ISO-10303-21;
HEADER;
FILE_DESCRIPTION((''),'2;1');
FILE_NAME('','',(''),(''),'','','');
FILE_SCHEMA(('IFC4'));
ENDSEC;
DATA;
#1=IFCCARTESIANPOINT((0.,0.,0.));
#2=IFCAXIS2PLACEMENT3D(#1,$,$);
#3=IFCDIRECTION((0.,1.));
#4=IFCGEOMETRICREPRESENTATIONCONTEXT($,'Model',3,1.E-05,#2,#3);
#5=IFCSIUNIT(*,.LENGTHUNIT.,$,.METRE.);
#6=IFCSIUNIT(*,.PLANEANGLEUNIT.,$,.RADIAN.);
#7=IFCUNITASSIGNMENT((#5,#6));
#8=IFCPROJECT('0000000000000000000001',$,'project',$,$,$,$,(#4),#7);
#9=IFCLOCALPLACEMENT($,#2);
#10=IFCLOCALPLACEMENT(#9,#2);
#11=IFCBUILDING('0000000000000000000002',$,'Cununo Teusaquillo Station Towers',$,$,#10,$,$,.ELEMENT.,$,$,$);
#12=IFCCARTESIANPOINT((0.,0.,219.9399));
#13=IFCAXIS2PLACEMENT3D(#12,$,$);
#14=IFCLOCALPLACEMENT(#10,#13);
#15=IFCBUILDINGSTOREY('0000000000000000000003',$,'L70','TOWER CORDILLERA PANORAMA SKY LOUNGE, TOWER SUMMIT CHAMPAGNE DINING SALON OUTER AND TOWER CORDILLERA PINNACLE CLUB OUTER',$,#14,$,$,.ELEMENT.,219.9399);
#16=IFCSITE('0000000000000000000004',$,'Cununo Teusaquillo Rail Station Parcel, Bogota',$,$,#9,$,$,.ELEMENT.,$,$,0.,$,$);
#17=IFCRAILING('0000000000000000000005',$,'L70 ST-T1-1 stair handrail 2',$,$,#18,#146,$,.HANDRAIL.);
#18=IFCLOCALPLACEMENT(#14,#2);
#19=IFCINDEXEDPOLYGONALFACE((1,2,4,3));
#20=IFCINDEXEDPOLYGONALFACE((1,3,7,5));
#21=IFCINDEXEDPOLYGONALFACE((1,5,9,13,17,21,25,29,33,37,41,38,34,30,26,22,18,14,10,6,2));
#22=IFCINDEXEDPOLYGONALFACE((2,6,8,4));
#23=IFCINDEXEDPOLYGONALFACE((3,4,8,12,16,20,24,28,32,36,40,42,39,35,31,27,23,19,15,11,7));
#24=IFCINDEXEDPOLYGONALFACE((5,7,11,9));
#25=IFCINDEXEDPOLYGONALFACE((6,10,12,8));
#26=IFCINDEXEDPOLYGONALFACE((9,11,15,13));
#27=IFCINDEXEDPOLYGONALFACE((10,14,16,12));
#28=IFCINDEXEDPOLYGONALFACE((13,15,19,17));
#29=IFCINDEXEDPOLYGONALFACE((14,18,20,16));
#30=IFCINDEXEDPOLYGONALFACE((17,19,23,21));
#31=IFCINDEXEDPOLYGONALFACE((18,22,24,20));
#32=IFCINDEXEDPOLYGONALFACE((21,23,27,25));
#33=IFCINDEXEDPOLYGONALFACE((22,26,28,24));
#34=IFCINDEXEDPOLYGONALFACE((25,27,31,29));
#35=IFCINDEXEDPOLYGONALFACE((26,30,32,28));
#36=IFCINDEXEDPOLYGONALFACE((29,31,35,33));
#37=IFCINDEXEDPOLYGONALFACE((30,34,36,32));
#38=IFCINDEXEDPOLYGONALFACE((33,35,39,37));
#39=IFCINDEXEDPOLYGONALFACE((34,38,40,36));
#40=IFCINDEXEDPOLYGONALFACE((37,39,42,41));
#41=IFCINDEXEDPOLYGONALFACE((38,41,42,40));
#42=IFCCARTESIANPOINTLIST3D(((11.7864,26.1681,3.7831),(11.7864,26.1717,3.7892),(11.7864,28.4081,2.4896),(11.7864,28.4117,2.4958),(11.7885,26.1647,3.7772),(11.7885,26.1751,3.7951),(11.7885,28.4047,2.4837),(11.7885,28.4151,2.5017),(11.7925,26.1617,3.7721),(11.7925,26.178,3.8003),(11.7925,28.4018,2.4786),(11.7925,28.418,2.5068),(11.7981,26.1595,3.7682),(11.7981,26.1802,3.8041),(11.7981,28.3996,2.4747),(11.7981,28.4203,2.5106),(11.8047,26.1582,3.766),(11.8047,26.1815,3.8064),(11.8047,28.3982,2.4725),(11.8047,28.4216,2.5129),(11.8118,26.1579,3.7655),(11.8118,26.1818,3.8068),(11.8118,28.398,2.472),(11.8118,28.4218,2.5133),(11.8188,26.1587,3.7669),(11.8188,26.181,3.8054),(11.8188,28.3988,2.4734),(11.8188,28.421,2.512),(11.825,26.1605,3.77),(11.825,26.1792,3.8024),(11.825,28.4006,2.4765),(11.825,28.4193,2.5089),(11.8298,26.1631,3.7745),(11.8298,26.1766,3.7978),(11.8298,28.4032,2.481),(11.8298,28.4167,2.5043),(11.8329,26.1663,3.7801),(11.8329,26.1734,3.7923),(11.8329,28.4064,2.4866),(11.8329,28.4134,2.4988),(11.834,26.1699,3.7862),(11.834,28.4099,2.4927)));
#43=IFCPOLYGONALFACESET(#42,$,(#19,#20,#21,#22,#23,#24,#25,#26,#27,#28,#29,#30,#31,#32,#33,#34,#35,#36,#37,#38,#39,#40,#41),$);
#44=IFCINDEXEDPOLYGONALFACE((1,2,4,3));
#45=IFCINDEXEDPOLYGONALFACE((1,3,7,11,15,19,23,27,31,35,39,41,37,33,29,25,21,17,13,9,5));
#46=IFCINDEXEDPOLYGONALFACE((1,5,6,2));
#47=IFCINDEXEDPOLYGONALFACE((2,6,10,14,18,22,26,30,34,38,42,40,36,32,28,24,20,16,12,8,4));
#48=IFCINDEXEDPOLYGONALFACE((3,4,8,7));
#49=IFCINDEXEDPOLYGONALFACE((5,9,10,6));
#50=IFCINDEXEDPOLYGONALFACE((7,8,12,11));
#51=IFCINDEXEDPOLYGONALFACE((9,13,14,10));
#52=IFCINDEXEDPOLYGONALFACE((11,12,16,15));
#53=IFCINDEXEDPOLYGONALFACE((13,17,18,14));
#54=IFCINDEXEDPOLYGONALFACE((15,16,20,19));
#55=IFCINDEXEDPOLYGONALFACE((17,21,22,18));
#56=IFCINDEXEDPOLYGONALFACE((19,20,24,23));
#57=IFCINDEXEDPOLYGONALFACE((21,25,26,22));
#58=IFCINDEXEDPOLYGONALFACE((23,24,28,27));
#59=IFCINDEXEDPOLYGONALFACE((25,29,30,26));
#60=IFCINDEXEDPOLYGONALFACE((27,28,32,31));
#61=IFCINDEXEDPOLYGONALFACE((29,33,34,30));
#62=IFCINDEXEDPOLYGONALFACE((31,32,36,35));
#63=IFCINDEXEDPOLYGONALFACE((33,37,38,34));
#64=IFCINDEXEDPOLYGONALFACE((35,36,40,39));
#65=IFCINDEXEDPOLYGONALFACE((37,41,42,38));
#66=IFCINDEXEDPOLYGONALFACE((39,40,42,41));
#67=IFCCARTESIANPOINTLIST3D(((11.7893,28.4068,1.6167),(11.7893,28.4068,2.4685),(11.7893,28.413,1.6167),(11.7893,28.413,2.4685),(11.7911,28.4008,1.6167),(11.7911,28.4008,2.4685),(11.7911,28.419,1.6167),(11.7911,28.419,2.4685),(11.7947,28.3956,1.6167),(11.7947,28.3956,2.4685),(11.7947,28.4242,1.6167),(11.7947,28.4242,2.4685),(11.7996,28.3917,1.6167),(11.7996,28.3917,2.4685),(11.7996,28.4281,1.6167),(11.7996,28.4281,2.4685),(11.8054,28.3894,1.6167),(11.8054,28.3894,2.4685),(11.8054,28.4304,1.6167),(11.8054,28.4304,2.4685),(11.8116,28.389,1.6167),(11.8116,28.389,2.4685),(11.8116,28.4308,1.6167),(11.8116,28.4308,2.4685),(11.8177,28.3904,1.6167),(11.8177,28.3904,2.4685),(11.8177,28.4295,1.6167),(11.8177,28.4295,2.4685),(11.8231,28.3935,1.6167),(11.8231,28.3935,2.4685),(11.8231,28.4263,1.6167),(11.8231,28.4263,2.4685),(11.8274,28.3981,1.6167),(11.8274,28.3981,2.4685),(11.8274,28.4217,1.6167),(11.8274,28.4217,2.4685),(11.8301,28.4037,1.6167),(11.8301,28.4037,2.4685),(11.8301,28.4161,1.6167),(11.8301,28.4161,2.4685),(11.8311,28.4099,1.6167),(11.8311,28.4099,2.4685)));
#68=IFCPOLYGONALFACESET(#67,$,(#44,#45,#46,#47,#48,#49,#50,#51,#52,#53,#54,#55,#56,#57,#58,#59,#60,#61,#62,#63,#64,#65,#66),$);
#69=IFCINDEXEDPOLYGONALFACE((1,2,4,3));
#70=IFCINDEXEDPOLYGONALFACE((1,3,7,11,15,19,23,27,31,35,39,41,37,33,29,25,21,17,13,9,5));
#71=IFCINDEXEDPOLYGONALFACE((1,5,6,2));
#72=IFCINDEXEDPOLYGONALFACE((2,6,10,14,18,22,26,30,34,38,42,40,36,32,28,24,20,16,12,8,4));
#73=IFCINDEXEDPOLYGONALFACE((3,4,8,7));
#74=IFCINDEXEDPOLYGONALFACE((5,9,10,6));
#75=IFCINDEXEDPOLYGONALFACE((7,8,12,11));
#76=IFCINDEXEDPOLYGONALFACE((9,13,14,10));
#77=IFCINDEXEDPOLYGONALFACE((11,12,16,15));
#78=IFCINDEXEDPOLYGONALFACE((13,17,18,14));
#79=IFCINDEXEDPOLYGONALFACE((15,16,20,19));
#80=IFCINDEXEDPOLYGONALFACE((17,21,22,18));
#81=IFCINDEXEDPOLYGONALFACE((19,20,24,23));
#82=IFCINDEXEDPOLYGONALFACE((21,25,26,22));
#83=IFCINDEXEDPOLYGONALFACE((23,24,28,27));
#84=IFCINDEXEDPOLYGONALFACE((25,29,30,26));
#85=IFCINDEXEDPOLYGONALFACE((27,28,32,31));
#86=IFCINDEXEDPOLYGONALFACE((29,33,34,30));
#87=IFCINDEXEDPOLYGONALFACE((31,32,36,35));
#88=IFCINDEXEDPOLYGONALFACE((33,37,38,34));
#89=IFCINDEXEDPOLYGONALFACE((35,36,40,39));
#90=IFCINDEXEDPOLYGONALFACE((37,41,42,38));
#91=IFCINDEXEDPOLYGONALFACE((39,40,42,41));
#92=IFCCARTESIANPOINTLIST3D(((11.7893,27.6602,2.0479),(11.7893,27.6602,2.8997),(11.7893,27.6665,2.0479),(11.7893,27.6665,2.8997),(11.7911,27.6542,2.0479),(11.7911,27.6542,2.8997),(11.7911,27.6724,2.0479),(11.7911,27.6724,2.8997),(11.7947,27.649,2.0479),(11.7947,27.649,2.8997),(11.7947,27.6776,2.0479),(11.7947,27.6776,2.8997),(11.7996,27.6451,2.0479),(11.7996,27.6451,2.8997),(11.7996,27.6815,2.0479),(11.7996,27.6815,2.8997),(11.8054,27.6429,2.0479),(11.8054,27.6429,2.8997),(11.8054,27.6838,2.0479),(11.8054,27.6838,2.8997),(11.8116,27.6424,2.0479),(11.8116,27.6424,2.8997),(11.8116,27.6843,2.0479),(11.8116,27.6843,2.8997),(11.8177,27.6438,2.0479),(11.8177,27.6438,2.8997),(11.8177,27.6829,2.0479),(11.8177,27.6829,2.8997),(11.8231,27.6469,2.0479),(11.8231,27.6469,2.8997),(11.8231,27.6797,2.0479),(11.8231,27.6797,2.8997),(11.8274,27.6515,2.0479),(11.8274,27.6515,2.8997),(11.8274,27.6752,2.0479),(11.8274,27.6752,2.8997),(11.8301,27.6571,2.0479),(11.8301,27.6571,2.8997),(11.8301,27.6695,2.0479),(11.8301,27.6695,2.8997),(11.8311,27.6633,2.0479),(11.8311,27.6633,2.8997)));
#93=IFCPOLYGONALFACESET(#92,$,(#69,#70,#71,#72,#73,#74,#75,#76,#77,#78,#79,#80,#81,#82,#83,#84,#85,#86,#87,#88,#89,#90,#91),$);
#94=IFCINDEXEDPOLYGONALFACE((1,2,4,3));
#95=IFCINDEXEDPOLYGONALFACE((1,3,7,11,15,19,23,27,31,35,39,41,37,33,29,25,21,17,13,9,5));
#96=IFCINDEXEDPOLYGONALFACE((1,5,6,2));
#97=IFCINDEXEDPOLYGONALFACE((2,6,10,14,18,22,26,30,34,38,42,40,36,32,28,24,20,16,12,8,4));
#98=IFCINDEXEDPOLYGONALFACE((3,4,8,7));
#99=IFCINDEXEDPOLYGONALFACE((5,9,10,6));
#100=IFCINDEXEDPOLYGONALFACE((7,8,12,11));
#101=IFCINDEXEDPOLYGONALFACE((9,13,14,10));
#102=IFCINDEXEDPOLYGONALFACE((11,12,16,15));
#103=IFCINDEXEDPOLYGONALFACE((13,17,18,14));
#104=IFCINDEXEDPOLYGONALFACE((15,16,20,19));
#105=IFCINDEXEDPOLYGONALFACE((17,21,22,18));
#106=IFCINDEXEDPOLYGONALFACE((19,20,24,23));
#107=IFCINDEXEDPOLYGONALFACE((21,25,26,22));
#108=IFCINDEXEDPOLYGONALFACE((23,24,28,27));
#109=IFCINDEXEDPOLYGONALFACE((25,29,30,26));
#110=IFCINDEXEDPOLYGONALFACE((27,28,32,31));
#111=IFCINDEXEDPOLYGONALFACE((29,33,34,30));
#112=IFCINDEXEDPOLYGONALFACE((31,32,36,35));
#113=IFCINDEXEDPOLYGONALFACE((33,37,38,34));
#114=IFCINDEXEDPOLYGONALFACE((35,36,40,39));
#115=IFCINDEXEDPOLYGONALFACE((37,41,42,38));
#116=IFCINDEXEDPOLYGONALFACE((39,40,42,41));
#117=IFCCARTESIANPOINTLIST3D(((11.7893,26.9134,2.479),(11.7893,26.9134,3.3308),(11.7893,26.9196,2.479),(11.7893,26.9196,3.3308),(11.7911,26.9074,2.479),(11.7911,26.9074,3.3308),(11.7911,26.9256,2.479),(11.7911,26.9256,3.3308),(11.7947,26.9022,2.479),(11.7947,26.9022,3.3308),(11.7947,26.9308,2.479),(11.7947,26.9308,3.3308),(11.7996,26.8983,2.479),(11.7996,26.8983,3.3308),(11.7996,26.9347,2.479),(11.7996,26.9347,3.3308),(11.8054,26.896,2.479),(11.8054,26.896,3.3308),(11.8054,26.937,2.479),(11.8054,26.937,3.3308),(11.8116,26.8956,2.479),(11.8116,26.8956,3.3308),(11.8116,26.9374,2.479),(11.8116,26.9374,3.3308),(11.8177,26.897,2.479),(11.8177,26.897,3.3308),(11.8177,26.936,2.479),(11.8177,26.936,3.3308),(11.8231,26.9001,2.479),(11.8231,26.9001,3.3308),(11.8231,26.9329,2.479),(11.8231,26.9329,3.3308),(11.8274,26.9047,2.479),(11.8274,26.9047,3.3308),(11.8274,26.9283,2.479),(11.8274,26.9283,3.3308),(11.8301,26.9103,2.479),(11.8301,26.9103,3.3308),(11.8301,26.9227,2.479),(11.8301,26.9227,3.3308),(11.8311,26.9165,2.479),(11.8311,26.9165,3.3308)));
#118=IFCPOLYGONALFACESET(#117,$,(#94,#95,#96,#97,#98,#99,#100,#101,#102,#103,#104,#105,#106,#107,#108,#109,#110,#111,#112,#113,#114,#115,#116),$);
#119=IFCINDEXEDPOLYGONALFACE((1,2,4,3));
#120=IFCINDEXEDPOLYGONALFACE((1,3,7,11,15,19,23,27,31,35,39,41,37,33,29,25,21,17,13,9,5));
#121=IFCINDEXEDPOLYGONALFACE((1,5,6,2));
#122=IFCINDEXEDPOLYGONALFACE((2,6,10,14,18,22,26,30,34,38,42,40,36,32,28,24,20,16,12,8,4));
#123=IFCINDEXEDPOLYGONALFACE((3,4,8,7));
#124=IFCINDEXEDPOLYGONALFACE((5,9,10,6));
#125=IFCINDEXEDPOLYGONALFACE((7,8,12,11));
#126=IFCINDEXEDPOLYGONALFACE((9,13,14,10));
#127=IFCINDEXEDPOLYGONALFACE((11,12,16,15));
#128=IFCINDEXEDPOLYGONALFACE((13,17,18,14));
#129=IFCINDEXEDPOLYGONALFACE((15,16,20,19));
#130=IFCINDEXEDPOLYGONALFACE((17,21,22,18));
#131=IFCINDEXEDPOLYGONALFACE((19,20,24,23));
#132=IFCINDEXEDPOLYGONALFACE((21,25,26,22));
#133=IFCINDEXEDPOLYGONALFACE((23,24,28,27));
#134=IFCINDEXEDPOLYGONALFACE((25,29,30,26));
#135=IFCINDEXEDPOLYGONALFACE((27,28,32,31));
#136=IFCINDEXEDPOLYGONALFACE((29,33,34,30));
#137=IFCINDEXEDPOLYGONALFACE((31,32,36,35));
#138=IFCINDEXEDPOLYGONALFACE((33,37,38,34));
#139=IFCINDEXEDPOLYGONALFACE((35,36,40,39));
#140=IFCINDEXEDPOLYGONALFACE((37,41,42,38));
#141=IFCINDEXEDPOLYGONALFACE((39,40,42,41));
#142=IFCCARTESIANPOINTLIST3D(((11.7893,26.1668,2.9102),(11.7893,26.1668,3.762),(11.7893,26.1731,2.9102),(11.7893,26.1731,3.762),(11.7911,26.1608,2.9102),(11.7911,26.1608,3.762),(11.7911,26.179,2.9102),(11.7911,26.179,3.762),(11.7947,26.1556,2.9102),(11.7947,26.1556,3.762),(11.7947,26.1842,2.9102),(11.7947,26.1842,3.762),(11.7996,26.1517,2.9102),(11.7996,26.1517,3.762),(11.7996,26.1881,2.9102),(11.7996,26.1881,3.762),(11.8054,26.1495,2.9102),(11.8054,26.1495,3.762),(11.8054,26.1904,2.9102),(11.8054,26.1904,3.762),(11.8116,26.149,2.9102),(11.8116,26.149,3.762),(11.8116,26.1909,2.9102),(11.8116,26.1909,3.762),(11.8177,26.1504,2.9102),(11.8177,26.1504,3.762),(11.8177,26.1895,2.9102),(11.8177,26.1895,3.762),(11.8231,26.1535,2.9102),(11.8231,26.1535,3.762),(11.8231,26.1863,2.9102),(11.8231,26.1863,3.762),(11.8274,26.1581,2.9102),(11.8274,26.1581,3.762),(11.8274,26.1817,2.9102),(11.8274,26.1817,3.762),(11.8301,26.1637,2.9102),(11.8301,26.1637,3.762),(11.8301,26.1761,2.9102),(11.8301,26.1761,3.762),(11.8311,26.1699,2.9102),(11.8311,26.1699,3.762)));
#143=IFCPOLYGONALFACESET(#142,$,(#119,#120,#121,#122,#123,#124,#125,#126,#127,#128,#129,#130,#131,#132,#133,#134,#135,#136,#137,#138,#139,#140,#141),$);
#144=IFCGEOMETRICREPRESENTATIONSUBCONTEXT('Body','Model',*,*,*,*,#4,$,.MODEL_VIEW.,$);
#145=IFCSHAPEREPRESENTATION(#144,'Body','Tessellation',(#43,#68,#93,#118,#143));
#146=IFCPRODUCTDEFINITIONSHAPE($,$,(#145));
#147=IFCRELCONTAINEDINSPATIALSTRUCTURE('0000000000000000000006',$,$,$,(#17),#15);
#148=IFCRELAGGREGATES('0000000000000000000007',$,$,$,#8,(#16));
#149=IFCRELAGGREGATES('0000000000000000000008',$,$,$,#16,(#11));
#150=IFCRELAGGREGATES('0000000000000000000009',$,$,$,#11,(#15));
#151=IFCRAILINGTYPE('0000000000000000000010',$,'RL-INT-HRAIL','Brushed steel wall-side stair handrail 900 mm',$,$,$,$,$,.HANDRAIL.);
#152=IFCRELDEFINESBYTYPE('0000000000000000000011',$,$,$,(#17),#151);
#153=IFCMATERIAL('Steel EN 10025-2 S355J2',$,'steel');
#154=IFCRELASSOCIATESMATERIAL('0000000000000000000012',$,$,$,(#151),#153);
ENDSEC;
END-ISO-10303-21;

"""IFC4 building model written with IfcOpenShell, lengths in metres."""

from ifc_helpers import new_model, si_unit, direction, frame, origin, origin_2d, place, context, subcontext, project, spatial, circle, extrude, material, type_object, element, save


model = new_model("IFC4")

# Units and contexts
model_context = context("Model", 3, precision=1e-05, world=origin(), true_north=direction((0.0, 1.0)))
body_context = subcontext(model_context, "Body", "Model", "MODEL_VIEW")
ifc_project = project(units=[si_unit("LENGTHUNIT", "METRE"), si_unit("PLANEANGLEUNIT", "RADIAN")], contexts=[model_context])

# Site, building, storey
site_placement = place(None, origin())
site = spatial("IfcSite", under=ifc_project, at=site_placement, Name="Cununo Teusaquillo Rail Station Parcel, Bogota", CompositionType="ELEMENT", RefElevation=0.0)
building_placement = place(site_placement, origin())
building = spatial("IfcBuilding", under=site, at=building_placement, Name="Cununo Teusaquillo Station Towers", CompositionType="ELEMENT")
storey_placement = place(building_placement, frame((0.0, 0.0, 219.9399)))
storey = spatial("IfcBuildingStorey", under=building, at=storey_placement, Name="L70", Description="TOWER CORDILLERA PANORAMA SKY LOUNGE, TOWER SUMMIT CHAMPAGNE DINING SALON OUTER AND TOWER CORDILLERA PINNACLE CLUB OUTER", CompositionType="ELEMENT", Elevation=219.9399)

# Railing
ifc_material_1 = material(Name="Steel EN 10025-2 S355J2", Category="steel")
railing_type_1 = type_object("IfcRailingType", Name="RL-INT-HRAIL", Description="Brushed steel wall-side stair handrail 900 mm", PredefinedType="HANDRAIL", material=ifc_material_1)
railing_1_placement = place(storey_placement, frame((11.8101, 28.4099, 1.6167)))
element("IfcRailing", 1, at=railing_1_placement, inside=storey, type_object=railing_type_1, Name="L70 ST-T1-1 stair handrail 2", PredefinedType="HANDRAIL", context=body_context, shape_type="SweptSolid", body=[
    extrude(circle(Radius=0.0239, at=origin_2d()), frame((0.0, 0.0, 0.876), z_axis=(0.0, -0.865992, 0.500057), x_axis=(1.0, 0.0, 0.0)), (0.0, 0.0, 1.0), 2.5867),
    extrude(circle(Radius=0.021, at=origin_2d()), origin(), (0.0, 0.0, 1.0), 0.8518),
    extrude(circle(Radius=0.021, at=origin_2d()), frame((0.0, -0.7466, 0.4312)), (0.0, 0.0, 1.0), 0.8518),
    extrude(circle(Radius=0.021, at=origin_2d()), frame((0.0, -1.4934, 0.8623)), (0.0, 0.0, 1.0), 0.8518),
    extrude(circle(Radius=0.021, at=origin_2d()), frame((0.0, -2.24, 1.2935)), (0.0, 0.0, 1.0), 0.8518),
])

save(model, "model.ifc")
